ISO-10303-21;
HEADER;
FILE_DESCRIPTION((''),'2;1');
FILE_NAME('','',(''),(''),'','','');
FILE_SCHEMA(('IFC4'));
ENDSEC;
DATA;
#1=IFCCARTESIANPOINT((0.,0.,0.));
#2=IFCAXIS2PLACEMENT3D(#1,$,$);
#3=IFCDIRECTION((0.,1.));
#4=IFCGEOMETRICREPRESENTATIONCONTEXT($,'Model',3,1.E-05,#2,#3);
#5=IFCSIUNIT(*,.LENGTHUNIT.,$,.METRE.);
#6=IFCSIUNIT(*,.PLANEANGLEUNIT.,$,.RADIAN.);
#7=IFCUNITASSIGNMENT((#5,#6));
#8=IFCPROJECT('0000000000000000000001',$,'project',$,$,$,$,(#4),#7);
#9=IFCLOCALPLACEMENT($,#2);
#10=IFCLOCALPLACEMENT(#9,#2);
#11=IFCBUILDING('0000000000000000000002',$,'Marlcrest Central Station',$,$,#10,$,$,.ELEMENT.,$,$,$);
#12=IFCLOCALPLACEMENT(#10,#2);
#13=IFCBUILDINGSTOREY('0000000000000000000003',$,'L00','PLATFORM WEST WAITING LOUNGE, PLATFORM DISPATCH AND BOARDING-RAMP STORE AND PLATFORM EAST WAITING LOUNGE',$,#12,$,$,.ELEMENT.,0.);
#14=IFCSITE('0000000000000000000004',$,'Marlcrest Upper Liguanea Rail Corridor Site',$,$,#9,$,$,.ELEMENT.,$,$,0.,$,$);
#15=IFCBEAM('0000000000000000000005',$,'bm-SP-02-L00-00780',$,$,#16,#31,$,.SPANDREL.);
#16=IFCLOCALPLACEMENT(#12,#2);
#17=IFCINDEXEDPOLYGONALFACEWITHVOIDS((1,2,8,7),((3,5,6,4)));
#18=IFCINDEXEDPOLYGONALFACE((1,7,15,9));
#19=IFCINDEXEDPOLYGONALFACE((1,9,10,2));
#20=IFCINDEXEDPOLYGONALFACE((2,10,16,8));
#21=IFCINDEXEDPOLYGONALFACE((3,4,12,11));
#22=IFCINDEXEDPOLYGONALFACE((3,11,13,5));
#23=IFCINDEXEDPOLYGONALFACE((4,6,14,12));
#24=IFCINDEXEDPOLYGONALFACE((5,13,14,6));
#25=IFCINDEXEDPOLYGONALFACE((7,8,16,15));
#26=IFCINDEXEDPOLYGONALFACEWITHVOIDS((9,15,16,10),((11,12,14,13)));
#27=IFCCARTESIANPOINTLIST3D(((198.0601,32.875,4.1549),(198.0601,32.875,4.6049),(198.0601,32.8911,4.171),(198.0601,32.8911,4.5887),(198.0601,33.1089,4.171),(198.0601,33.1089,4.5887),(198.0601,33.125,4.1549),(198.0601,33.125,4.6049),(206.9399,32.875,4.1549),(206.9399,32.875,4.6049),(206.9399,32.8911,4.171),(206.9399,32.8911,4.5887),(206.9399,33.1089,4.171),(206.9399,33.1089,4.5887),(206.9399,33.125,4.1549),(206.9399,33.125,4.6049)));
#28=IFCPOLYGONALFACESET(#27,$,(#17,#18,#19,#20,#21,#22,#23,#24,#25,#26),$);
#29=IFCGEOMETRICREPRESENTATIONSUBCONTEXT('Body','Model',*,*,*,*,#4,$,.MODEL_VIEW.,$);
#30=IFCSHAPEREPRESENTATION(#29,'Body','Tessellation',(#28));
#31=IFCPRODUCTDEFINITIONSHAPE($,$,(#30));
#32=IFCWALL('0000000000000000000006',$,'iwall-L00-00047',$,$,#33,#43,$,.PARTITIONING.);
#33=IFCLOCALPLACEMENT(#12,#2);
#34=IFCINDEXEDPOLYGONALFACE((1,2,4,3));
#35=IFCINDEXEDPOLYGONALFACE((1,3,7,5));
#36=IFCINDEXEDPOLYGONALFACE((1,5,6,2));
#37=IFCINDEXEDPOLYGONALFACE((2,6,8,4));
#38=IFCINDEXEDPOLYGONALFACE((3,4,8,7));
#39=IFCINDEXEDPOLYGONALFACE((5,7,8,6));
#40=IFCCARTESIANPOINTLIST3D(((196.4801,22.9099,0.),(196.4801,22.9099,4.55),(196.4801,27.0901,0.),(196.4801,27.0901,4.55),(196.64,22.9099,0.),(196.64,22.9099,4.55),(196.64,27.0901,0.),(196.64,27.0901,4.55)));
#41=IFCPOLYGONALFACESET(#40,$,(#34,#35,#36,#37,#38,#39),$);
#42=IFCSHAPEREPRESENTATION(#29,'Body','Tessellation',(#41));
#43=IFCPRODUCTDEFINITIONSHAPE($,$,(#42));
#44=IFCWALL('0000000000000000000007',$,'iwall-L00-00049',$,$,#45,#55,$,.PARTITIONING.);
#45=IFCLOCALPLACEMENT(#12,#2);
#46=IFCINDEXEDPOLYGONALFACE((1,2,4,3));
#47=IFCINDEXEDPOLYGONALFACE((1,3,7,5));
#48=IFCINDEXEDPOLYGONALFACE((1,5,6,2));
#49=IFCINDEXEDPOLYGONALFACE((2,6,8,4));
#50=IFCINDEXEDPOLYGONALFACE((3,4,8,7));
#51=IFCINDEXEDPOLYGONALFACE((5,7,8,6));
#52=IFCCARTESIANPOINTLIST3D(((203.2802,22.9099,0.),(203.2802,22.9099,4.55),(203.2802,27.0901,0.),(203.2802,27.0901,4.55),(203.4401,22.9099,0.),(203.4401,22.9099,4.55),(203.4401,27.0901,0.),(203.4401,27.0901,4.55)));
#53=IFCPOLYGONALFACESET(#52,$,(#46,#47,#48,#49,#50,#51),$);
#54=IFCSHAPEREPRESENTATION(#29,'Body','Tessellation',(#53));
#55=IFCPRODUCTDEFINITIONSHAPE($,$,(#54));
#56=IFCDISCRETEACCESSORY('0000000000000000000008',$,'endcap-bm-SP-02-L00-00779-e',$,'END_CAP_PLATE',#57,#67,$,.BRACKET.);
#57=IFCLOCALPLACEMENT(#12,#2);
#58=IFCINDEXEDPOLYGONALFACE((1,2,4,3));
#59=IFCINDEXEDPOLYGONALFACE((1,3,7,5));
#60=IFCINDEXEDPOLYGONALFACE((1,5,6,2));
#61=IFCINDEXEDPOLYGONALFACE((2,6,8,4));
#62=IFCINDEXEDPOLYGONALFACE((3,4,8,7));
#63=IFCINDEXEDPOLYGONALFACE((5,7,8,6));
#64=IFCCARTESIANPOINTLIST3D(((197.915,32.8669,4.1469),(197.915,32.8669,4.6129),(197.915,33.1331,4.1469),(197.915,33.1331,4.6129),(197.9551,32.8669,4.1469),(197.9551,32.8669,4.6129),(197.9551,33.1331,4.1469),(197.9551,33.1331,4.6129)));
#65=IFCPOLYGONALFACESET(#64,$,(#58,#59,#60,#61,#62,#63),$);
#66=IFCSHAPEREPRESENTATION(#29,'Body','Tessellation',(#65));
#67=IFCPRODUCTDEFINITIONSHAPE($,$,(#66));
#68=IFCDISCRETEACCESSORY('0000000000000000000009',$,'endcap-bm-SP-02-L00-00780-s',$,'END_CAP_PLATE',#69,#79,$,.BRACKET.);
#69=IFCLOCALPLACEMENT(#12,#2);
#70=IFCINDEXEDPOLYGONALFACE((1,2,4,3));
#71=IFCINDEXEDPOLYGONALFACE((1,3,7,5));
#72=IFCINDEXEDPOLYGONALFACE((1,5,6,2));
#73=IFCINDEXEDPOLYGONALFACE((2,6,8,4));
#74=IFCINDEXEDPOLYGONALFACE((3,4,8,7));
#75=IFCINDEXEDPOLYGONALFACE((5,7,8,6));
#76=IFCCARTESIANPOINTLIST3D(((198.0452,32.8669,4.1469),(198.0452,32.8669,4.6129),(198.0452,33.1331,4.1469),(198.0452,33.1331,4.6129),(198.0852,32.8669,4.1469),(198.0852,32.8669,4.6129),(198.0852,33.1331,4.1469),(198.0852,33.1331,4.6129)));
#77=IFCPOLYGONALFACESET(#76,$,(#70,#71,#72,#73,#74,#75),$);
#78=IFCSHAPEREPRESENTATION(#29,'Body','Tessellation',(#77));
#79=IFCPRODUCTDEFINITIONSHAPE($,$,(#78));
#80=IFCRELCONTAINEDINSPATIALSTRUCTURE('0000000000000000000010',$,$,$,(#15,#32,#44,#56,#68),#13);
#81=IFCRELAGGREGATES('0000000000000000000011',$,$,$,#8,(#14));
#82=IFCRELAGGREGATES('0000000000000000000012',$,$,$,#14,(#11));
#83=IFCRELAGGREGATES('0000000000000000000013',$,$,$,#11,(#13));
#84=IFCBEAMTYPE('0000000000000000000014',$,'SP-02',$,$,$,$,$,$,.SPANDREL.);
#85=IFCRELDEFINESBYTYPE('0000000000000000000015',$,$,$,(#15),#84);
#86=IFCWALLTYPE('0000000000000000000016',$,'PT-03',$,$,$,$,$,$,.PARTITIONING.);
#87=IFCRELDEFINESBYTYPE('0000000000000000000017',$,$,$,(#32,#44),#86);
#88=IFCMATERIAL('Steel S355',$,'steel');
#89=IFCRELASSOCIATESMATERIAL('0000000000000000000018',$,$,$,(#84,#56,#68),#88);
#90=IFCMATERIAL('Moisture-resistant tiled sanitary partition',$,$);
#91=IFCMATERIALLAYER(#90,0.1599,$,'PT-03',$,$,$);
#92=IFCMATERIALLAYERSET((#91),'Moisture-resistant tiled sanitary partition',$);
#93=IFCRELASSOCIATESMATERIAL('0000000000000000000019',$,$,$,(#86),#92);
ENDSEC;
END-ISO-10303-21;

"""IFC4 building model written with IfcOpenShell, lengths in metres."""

from ifc_helpers import new_model, si_unit, direction, frame, frame_2d, origin, origin_2d, place, context, subcontext, project, spatial, rectangle, hollow_rectangle, extrude, material, layer, layer_set, material_profile, profile_set, type_object, element, save


model = new_model("IFC4")

# Units and contexts
model_context = context("Model", 3, precision=1e-05, world=origin(), true_north=direction((0.0, 1.0)))
body_context = subcontext(model_context, "Body", "Model", "MODEL_VIEW")
ifc_project = project(units=[si_unit("LENGTHUNIT", "METRE"), si_unit("PLANEANGLEUNIT", "RADIAN")], contexts=[model_context])

# Site, building, storey
site_placement = place(None, origin())
site = spatial("IfcSite", under=ifc_project, at=site_placement, Name="Marlcrest Upper Liguanea Rail Corridor Site", CompositionType="ELEMENT", RefElevation=0.0)
building_placement = place(site_placement, origin())
building = spatial("IfcBuilding", under=site, at=building_placement, Name="Marlcrest Central Station", CompositionType="ELEMENT")
storey_placement = place(building_placement, origin())
storey = spatial("IfcBuildingStorey", under=building, at=storey_placement, Name="L00", Description="PLATFORM WEST WAITING LOUNGE, PLATFORM DISPATCH AND BOARDING-RAMP STORE AND PLATFORM EAST WAITING LOUNGE", CompositionType="ELEMENT", Elevation=0.0)

# Beam
ifc_material_1 = material(Name="Steel S355", Category="steel")
ifc_material_profile_1 = material_profile(ifc_material_1, hollow_rectangle(XDim=0.25, YDim=0.45, WallThickness=0.0161, at=origin_2d()), Name="RHS 450x250x16")
ifc_profile_set_1 = profile_set([ifc_material_profile_1], Name="Steel S355")
beam_type = type_object("IfcBeamType", Name="SP-02", PredefinedType="SPANDREL", material=ifc_profile_set_1)
beam_placement = place(storey_placement, frame((198.0601, 33.0, 4.3799), z_axis=(1.0, 0.0, 0.0), x_axis=(0.0, 1.0, 0.0)))
element("IfcBeam", 1, at=beam_placement, inside=storey, type_object=beam_type, Name="bm-SP-02-L00-00780", PredefinedType="SPANDREL", context=body_context, shape_type="SweptSolid", body=[
    extrude(hollow_rectangle(XDim=0.25, YDim=0.45, WallThickness=0.0161, at=origin_2d()), origin(), (0.0, 0.0, 1.0), 8.8799),
])

# Walls
ifc_material_2 = material(Name="Moisture-resistant tiled sanitary partition")
ifc_layer_1 = layer(ifc_material_2, 0.1599, Name="PT-03")
ifc_layer_set_1 = layer_set([ifc_layer_1], Name="Moisture-resistant tiled sanitary partition")
wall_type_1 = type_object("IfcWallType", Name="PT-03", PredefinedType="PARTITIONING", material=ifc_layer_set_1)
for number, where, z_axis, x_axis, name in (
    (2, (196.5601, 22.9099, 0.0), (0.0, 0.0, 1.0), (0.0, 1.0, 0.0), "iwall-L00-00047"),
    (3, (203.3601, 22.9099, 0.0), (0.0, 0.0, 1.0), (0.0, 1.0, 0.0), "iwall-L00-00049"),
):
    element("IfcWall", number, at=place(storey_placement, frame(where, z_axis=z_axis, x_axis=x_axis)), inside=storey, type_object=wall_type_1, Name=name, PredefinedType="PARTITIONING", context=body_context, shape_type="SweptSolid", body=[
        extrude(rectangle(XDim=4.1802, YDim=0.1599, at=frame_2d((2.0901, 0.0))), origin(), (0.0, 0.0, 1.0), 4.55),
    ])

# Discrete accessories
for number, where, z_axis, x_axis, name in (
    (4, (197.915, 33.0, 4.3799), (1.0, 0.0, 0.0), (0.0, 1.0, 0.0), "endcap-bm-SP-02-L00-00779-e"),
    (5, (198.0452, 33.0, 4.3799), (1.0, 0.0, 0.0), (0.0, 1.0, 0.0), "endcap-bm-SP-02-L00-00780-s"),
):
    element("IfcDiscreteAccessory", number, at=place(storey_placement, frame(where, z_axis=z_axis, x_axis=x_axis)), inside=storey, material=ifc_material_1, Name=name, ObjectType="END_CAP_PLATE", PredefinedType="BRACKET", context=body_context, shape_type="SweptSolid", body=[
        extrude(rectangle(XDim=0.2661, YDim=0.4661, at=origin_2d()), origin(), (0.0, 0.0, 1.0), 0.04),
    ])

save(model, "model.ifc")
